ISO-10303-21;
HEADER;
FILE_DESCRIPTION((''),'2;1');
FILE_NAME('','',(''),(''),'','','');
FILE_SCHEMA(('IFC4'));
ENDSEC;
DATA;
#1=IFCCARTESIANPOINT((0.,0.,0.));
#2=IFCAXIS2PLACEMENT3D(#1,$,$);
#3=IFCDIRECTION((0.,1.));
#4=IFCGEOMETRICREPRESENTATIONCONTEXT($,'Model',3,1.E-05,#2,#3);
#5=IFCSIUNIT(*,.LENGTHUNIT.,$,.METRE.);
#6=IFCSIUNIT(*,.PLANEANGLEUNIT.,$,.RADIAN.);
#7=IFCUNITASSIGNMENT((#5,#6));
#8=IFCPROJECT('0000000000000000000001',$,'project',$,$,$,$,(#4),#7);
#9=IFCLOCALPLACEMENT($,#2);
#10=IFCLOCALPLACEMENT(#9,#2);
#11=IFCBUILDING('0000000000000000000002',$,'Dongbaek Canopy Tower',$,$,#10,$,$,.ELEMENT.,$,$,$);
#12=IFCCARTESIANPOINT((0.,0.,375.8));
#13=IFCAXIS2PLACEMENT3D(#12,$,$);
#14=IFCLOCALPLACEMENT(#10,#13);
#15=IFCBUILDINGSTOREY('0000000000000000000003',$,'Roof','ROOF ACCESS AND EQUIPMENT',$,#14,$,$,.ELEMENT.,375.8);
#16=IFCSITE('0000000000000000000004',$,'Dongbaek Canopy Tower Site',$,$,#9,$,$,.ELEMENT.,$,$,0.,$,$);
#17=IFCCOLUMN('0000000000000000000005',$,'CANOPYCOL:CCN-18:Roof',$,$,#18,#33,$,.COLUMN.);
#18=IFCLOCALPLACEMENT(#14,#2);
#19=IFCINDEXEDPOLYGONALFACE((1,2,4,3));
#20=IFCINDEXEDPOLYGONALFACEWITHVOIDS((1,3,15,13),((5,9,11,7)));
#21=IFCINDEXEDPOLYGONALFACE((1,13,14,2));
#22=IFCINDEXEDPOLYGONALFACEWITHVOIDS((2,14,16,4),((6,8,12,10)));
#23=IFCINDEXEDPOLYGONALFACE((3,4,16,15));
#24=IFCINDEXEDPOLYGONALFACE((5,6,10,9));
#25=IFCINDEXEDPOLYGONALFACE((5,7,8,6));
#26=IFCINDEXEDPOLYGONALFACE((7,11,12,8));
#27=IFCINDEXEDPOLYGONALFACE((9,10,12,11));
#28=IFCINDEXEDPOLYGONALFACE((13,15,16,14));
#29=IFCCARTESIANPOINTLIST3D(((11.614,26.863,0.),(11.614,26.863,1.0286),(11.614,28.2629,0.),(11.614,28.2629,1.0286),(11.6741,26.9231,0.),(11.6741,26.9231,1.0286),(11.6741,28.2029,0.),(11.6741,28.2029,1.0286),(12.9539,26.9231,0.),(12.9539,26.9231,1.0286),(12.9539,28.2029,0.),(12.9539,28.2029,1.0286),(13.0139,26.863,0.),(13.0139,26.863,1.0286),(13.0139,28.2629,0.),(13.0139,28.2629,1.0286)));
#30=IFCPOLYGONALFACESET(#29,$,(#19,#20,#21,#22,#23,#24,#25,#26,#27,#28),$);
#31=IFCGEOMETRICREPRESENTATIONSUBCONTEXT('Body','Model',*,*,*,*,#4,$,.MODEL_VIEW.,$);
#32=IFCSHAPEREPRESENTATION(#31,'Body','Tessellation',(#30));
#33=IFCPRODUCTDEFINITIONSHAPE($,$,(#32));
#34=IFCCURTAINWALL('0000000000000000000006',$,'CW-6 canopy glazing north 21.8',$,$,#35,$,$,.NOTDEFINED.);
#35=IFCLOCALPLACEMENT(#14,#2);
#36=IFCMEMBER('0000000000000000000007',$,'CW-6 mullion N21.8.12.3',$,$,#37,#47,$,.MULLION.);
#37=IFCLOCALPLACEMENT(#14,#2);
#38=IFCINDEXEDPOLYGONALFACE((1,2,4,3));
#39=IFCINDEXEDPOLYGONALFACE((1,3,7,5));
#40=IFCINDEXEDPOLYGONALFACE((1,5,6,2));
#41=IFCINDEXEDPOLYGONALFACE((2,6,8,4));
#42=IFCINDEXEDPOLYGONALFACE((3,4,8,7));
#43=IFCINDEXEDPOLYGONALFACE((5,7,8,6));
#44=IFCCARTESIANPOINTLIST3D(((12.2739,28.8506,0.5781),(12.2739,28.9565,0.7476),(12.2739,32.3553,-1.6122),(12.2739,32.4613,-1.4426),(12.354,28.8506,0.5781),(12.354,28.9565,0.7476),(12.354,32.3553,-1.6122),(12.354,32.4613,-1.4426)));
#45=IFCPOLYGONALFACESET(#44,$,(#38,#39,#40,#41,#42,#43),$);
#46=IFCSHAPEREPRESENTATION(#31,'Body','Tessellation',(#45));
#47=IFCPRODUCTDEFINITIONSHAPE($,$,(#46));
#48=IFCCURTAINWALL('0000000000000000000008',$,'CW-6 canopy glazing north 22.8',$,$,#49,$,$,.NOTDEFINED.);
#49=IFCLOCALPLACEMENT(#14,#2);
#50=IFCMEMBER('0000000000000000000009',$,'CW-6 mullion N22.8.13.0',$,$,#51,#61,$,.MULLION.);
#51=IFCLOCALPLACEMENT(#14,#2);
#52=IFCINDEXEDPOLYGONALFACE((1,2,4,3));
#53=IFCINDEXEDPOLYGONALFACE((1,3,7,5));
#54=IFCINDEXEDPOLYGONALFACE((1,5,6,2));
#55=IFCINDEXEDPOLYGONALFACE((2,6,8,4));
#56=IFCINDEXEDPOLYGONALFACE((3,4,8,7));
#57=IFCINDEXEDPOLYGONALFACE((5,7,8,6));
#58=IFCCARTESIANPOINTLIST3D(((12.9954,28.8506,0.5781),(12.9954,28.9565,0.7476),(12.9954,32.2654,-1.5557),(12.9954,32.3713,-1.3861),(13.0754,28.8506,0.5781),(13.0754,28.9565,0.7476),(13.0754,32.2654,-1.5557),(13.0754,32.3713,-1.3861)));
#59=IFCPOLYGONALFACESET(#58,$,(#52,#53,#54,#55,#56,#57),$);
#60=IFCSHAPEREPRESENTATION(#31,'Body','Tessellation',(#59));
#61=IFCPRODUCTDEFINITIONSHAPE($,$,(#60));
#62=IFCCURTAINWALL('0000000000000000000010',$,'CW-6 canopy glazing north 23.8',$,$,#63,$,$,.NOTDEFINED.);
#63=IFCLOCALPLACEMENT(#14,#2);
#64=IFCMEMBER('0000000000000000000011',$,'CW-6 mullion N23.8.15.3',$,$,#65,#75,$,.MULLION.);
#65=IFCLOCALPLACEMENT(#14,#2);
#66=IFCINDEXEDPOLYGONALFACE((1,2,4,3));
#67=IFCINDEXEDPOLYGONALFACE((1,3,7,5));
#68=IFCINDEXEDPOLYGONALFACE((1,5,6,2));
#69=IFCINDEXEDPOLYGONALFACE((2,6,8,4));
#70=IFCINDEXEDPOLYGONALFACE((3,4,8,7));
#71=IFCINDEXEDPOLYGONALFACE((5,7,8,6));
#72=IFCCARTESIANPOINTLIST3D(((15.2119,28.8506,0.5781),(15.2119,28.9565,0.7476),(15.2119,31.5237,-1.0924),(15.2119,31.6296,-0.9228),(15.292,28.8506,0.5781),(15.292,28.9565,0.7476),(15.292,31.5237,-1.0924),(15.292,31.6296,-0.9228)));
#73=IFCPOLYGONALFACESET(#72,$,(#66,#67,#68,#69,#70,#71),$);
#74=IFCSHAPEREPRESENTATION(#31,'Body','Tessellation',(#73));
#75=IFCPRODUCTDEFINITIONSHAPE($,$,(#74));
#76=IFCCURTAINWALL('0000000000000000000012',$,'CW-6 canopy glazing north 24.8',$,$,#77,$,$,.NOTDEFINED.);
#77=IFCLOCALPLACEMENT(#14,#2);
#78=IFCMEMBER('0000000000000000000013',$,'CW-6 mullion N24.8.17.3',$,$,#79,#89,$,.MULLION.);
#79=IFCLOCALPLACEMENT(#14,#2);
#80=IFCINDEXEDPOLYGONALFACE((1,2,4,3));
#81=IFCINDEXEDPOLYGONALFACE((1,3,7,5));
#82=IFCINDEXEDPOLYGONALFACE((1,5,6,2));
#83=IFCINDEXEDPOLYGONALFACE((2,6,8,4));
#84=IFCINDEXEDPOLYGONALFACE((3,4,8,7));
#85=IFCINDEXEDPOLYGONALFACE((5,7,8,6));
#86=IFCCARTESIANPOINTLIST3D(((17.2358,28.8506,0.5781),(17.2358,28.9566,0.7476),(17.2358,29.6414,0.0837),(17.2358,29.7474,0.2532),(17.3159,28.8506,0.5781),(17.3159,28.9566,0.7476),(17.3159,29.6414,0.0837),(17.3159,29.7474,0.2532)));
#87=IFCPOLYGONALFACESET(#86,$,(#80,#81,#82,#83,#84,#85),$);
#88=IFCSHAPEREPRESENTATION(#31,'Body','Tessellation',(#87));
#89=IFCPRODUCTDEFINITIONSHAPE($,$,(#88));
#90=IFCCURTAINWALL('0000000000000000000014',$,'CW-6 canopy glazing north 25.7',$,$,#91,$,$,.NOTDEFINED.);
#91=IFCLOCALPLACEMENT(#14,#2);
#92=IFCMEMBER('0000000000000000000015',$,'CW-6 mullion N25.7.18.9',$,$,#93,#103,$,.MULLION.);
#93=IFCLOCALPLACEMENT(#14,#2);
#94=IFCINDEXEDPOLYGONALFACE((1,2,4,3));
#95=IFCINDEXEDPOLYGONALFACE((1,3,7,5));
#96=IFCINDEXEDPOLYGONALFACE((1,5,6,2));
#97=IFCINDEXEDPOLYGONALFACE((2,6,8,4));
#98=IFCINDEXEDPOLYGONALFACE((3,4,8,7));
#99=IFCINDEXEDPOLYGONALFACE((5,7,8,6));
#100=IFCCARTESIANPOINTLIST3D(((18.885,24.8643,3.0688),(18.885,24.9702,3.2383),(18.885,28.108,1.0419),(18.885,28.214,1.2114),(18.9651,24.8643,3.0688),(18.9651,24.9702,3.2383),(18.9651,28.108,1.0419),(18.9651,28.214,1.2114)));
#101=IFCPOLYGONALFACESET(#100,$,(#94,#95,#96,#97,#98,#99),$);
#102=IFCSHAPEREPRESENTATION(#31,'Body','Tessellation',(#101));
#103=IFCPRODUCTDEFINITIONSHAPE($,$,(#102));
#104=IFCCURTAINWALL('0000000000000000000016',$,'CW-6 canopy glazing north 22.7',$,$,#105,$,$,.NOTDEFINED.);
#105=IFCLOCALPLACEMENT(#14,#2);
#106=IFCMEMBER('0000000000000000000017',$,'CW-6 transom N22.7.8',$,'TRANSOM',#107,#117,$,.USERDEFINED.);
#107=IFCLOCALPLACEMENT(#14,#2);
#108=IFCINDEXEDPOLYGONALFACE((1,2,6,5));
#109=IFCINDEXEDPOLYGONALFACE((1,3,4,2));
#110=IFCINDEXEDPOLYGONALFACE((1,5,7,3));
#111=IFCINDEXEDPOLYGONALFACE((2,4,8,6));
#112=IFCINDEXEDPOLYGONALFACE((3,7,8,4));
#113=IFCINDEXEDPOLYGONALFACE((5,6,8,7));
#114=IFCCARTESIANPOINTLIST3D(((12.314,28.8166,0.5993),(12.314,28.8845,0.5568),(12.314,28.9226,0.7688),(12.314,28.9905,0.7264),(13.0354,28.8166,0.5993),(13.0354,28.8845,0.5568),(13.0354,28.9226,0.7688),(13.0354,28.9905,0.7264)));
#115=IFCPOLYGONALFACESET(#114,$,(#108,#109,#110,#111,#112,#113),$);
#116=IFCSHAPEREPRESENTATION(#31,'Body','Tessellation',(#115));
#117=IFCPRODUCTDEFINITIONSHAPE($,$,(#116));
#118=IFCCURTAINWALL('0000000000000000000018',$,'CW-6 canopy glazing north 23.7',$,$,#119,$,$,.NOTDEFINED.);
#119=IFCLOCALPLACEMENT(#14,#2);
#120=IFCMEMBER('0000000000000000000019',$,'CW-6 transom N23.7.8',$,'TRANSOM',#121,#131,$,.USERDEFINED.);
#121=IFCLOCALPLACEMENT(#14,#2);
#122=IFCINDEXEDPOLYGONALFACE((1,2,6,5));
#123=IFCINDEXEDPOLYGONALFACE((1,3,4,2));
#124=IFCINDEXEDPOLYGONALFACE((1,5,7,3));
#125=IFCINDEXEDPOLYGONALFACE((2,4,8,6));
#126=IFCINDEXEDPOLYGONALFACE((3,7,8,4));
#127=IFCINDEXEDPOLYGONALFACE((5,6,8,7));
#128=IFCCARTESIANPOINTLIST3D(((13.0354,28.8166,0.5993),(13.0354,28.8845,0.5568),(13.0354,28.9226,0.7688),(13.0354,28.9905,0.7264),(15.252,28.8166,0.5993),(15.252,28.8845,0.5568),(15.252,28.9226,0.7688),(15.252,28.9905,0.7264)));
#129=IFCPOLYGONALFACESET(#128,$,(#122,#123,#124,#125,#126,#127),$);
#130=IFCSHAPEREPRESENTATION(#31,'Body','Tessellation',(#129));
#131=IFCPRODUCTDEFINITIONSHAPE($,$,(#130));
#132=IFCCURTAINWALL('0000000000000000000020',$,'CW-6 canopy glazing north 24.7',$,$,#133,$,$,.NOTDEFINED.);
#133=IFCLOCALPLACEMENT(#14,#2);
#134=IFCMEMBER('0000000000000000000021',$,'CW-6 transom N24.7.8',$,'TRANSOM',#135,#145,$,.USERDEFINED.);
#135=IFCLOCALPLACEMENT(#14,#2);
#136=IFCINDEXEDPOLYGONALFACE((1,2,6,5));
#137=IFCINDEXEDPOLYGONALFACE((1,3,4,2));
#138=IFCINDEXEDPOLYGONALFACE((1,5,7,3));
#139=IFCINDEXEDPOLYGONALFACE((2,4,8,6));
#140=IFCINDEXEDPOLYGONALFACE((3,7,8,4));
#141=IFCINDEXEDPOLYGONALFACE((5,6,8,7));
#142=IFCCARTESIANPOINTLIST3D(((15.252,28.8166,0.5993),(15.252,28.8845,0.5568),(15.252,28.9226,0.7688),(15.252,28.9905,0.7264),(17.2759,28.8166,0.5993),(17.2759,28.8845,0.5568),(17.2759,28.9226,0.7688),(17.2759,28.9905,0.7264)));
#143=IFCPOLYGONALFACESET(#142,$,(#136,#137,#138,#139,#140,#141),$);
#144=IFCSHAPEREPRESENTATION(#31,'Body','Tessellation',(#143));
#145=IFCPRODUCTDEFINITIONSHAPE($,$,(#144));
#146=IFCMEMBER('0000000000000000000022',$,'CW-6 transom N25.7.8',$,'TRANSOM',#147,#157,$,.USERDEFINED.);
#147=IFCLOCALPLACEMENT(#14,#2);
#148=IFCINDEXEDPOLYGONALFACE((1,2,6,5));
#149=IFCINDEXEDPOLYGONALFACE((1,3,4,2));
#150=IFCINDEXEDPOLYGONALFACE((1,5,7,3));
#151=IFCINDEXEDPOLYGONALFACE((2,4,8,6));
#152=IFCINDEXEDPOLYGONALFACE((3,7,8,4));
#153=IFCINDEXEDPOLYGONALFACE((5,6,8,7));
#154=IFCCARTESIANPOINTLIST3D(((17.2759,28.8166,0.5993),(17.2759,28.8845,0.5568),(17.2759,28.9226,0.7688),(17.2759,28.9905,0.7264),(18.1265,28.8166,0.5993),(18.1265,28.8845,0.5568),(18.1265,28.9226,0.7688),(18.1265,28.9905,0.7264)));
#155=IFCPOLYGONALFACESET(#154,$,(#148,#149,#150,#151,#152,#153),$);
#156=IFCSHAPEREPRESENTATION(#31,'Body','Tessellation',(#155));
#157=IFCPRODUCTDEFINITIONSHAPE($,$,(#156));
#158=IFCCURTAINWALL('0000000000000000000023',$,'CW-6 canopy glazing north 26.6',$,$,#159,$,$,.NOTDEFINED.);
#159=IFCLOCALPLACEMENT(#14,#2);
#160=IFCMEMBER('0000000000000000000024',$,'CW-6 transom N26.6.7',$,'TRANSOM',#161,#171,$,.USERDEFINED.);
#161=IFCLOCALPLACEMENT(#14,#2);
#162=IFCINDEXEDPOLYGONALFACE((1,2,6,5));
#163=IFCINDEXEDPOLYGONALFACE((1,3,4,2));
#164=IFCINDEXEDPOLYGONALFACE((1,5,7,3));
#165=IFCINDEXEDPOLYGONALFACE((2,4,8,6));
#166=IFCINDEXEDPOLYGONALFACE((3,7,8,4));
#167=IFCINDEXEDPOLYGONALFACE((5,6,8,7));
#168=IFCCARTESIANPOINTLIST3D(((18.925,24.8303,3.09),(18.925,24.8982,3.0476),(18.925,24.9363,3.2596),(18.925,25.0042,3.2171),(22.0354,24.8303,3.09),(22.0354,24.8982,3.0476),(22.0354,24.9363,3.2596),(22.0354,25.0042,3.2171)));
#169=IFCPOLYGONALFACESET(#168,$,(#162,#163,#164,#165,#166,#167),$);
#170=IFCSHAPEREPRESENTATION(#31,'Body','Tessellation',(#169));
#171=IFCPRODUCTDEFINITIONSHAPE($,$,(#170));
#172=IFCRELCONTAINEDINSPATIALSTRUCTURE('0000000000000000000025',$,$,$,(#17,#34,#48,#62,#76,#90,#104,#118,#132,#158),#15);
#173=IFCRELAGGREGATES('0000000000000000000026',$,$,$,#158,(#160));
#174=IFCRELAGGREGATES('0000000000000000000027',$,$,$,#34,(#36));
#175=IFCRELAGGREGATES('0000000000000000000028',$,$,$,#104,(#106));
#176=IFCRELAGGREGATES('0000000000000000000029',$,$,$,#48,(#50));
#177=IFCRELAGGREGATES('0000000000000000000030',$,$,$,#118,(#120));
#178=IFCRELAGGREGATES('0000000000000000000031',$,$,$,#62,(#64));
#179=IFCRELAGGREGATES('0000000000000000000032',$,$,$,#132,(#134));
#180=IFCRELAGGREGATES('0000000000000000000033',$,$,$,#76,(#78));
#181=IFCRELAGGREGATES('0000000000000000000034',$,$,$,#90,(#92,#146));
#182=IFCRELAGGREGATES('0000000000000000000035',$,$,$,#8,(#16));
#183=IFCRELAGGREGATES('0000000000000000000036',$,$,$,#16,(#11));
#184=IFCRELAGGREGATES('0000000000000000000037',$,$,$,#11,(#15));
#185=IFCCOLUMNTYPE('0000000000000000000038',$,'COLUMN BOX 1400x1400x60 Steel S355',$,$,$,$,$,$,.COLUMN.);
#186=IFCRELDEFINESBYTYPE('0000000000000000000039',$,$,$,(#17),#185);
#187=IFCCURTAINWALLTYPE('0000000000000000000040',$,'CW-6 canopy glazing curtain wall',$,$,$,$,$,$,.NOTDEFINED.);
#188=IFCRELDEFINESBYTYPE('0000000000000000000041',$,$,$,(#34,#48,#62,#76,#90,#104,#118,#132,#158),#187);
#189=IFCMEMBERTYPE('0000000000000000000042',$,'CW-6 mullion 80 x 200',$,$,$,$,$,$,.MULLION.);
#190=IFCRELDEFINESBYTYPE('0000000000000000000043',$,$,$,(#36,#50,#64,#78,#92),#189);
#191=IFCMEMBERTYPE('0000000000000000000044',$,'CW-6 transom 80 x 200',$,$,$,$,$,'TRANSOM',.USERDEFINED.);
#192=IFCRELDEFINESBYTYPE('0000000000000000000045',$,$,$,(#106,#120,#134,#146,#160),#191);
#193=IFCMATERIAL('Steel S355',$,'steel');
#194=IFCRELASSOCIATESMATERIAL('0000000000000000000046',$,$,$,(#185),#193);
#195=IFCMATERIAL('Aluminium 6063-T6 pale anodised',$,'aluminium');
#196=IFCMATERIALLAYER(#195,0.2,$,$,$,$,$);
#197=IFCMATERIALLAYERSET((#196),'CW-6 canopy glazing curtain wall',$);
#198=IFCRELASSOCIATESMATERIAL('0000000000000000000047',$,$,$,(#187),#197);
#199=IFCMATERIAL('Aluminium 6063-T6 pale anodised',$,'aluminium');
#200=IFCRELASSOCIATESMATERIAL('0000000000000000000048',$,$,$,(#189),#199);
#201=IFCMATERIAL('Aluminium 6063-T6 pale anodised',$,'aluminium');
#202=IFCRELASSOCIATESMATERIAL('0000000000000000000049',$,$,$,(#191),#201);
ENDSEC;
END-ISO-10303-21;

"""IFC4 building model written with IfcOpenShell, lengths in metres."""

from ifc_helpers import new_model, si_unit, direction, frame, origin, origin_2d, place, context, subcontext, project, spatial, rectangle, hollow_rectangle, extrude, material, layer, layer_set, material_profile, profile_set, type_object, element, aggregate, save


model = new_model("IFC4")

# Units and contexts
model_context = context("Model", 3, precision=1e-05, world=origin(), true_north=direction((0.0, 1.0)))
body_context = subcontext(model_context, "Body", "Model", "MODEL_VIEW")
ifc_project = project(units=[si_unit("LENGTHUNIT", "METRE"), si_unit("PLANEANGLEUNIT", "RADIAN")], contexts=[model_context])

# Site, building, storey
site_placement = place(None, origin())
site = spatial("IfcSite", under=ifc_project, at=site_placement, Name="Dongbaek Canopy Tower Site", CompositionType="ELEMENT", RefElevation=0.0)
building_placement = place(site_placement, origin())
building = spatial("IfcBuilding", under=site, at=building_placement, Name="Dongbaek Canopy Tower", CompositionType="ELEMENT")
storey_placement = place(building_placement, frame((0.0, 0.0, 375.8)))
storey = spatial("IfcBuildingStorey", under=building, at=storey_placement, Name="Roof", Description="ROOF ACCESS AND EQUIPMENT", CompositionType="ELEMENT", Elevation=375.8)

# Column
ifc_material_1 = material(Name="Steel S355", Category="steel")
ifc_material_profile_1 = material_profile(ifc_material_1, hollow_rectangle(XDim=1.3999, YDim=1.3999, WallThickness=0.0601, at=origin_2d()), Name="COLUMN BOX 1400x1400x60 Steel S355")
ifc_profile_set_1 = profile_set([ifc_material_profile_1], Name="Steel S355")
column_type = type_object("IfcColumnType", Name="COLUMN BOX 1400x1400x60 Steel S355", PredefinedType="COLUMN", material=ifc_profile_set_1)
column_placement = place(storey_placement, frame((12.314, 27.563, 0.0), z_axis=(0.0, 0.0, 1.0), x_axis=(1.0, 0.0, 0.0)))
element("IfcColumn", 1, at=column_placement, inside=storey, type_object=column_type, Name="CANOPYCOL:CCN-18:Roof", PredefinedType="COLUMN", context=body_context, shape_type="SweptSolid", body=[
    extrude(hollow_rectangle(XDim=1.3999, YDim=1.3999, WallThickness=0.0601, at=origin_2d()), origin(), (0.0, 0.0, 1.0), 1.0286),
])

# Curtain walls, members
ifc_material_2 = material(Name="Aluminium 6063-T6 pale anodised", Category="aluminium")
ifc_layer_1 = layer(ifc_material_2, 0.2)
ifc_layer_set_1 = layer_set([ifc_layer_1], Name="CW-6 canopy glazing curtain wall")
curtain_wall_type = type_object("IfcCurtainWallType", Name="CW-6 canopy glazing curtain wall", PredefinedType="NOTDEFINED", material=ifc_layer_set_1)
curtain_wall_1_placement = place(storey_placement, origin())
curtain_wall_1 = element("IfcCurtainWall", 2, at=curtain_wall_1_placement, inside=storey, type_object=curtain_wall_type, Name="CW-6 canopy glazing north 21.8", PredefinedType="NOTDEFINED")
ifc_material_3 = material(Name="Aluminium 6063-T6 pale anodised", Category="aluminium")
ifc_material_profile_2 = material_profile(ifc_material_3, rectangle(XDim=0.0801, YDim=0.2, at=origin_2d()), Name="CW-6 mullion 80 x 200")
ifc_profile_set_2 = profile_set([ifc_material_profile_2], Name="Aluminium 6063-T6 pale anodised")
member_type_1 = type_object("IfcMemberType", Name="CW-6 mullion 80 x 200", PredefinedType="MULLION", material=ifc_profile_set_2)
member_1_placement = place(storey_placement, frame((12.314, 28.9036, 0.6628), z_axis=(0.0, 0.848022, -0.529962), x_axis=(-1.0, 0.0, 0.0)))
member_1 = element("IfcMember", 3, at=member_1_placement, type_object=member_type_1, Name="CW-6 mullion N21.8.12.3", PredefinedType="MULLION", context=body_context, shape_type="SweptSolid", body=[
    extrude(rectangle(XDim=0.0801, YDim=0.2, at=origin_2d()), origin(), (0.0, 0.0, 1.0), 4.1328),
])
curtain_wall_2_placement = place(storey_placement, origin())
curtain_wall_2 = element("IfcCurtainWall", 4, at=curtain_wall_2_placement, inside=storey, type_object=curtain_wall_type, Name="CW-6 canopy glazing north 22.8", PredefinedType="NOTDEFINED")
member_2_placement = place(storey_placement, frame((13.0354, 28.9036, 0.6628), z_axis=(0.0, 0.848049, -0.529917), x_axis=(-1.0, 0.0, 0.0)))
member_2 = element("IfcMember", 5, at=member_2_placement, type_object=member_type_1, Name="CW-6 mullion N22.8.13.0", PredefinedType="MULLION", context=body_context, shape_type="SweptSolid", body=[
    extrude(rectangle(XDim=0.0801, YDim=0.2, at=origin_2d()), origin(), (0.0, 0.0, 1.0), 4.0266),
])
curtain_wall_3_placement = place(storey_placement, origin())
curtain_wall_3 = element("IfcCurtainWall", 6, at=curtain_wall_3_placement, inside=storey, type_object=curtain_wall_type, Name="CW-6 canopy glazing north 23.8", PredefinedType="NOTDEFINED")
member_3_placement = place(storey_placement, frame((15.252, 28.9036, 0.6628), z_axis=(0.0, 0.848037, -0.529936), x_axis=(-1.0, 0.0, 0.0)))
member_3 = element("IfcMember", 7, at=member_3_placement, type_object=member_type_1, Name="CW-6 mullion N23.8.15.3", PredefinedType="MULLION", context=body_context, shape_type="SweptSolid", body=[
    extrude(rectangle(XDim=0.0801, YDim=0.2, at=origin_2d()), origin(), (0.0, 0.0, 1.0), 3.1521),
])
curtain_wall_4_placement = place(storey_placement, origin())
curtain_wall_4 = element("IfcCurtainWall", 8, at=curtain_wall_4_placement, inside=storey, type_object=curtain_wall_type, Name="CW-6 canopy glazing north 24.8", PredefinedType="NOTDEFINED")
member_4_placement = place(storey_placement, frame((17.2759, 28.9036, 0.6628), z_axis=(0.0, 0.847925, -0.530117), x_axis=(-1.0, 0.0, 0.0)))
member_4 = element("IfcMember", 9, at=member_4_placement, type_object=member_type_1, Name="CW-6 mullion N24.8.17.3", PredefinedType="MULLION", context=body_context, shape_type="SweptSolid", body=[
    extrude(rectangle(XDim=0.0801, YDim=0.2, at=origin_2d()), origin(), (0.0, 0.0, 1.0), 0.9326),
])
curtain_wall_5_placement = place(storey_placement, origin())
curtain_wall_5 = element("IfcCurtainWall", 10, at=curtain_wall_5_placement, inside=storey, type_object=curtain_wall_type, Name="CW-6 canopy glazing north 25.7", PredefinedType="NOTDEFINED")
member_5_placement = place(storey_placement, frame((18.925, 24.9172, 3.1536), z_axis=(0.0, 0.848049, -0.529919), x_axis=(-1.0, 0.0, 0.0)))
member_5 = element("IfcMember", 11, at=member_5_placement, type_object=member_type_1, Name="CW-6 mullion N25.7.18.9", PredefinedType="MULLION", context=body_context, shape_type="SweptSolid", body=[
    extrude(rectangle(XDim=0.0801, YDim=0.2, at=origin_2d()), origin(), (0.0, 0.0, 1.0), 3.825),
])
curtain_wall_6_placement = place(storey_placement, origin())
curtain_wall_6 = element("IfcCurtainWall", 12, at=curtain_wall_6_placement, inside=storey, type_object=curtain_wall_type, Name="CW-6 canopy glazing north 22.7", PredefinedType="NOTDEFINED")
ifc_material_4 = material(Name="Aluminium 6063-T6 pale anodised", Category="aluminium")
ifc_material_profile_3 = material_profile(ifc_material_4, rectangle(XDim=0.0801, YDim=0.2, at=origin_2d()), Name="CW-6 transom 80 x 200")
ifc_profile_set_3 = profile_set([ifc_material_profile_3], Name="Aluminium 6063-T6 pale anodised")
member_type_2 = type_object("IfcMemberType", Name="CW-6 transom 80 x 200", ElementType="TRANSOM", PredefinedType="USERDEFINED", material=ifc_profile_set_3)
member_6_placement = place(storey_placement, frame((12.314, 28.9036, 0.6628), z_axis=(1.0, 0.0, 0.0), x_axis=(0.0, 0.848048, -0.529919)))
member_6 = element("IfcMember", 13, at=member_6_placement, type_object=member_type_2, Name="CW-6 transom N22.7.8", ObjectType="TRANSOM", PredefinedType="USERDEFINED", context=body_context, shape_type="SweptSolid", body=[
    extrude(rectangle(XDim=0.0801, YDim=0.2, at=origin_2d()), origin(), (0.0, 0.0, 1.0), 0.7214),
])
curtain_wall_7_placement = place(storey_placement, origin())
curtain_wall_7 = element("IfcCurtainWall", 14, at=curtain_wall_7_placement, inside=storey, type_object=curtain_wall_type, Name="CW-6 canopy glazing north 23.7", PredefinedType="NOTDEFINED")
member_7_placement = place(storey_placement, frame((13.0354, 28.9036, 0.6628), z_axis=(1.0, 0.0, 0.0), x_axis=(0.0, 0.848048, -0.529919)))
member_7 = element("IfcMember", 15, at=member_7_placement, type_object=member_type_2, Name="CW-6 transom N23.7.8", ObjectType="TRANSOM", PredefinedType="USERDEFINED", context=body_context, shape_type="SweptSolid", body=[
    extrude(rectangle(XDim=0.0801, YDim=0.2, at=origin_2d()), origin(), (0.0, 0.0, 1.0), 2.2166),
])
curtain_wall_8_placement = place(storey_placement, origin())
curtain_wall_8 = element("IfcCurtainWall", 16, at=curtain_wall_8_placement, inside=storey, type_object=curtain_wall_type, Name="CW-6 canopy glazing north 24.7", PredefinedType="NOTDEFINED")
member_8_placement = place(storey_placement, frame((15.252, 28.9036, 0.6628), z_axis=(1.0, 0.0, 0.0), x_axis=(0.0, 0.848048, -0.529919)))
member_8 = element("IfcMember", 17, at=member_8_placement, type_object=member_type_2, Name="CW-6 transom N24.7.8", ObjectType="TRANSOM", PredefinedType="USERDEFINED", context=body_context, shape_type="SweptSolid", body=[
    extrude(rectangle(XDim=0.0801, YDim=0.2, at=origin_2d()), origin(), (0.0, 0.0, 1.0), 2.0239),
])

# Member
member_9_placement = place(storey_placement, frame((17.2759, 28.9036, 0.6628), z_axis=(1.0, 0.0, 0.0), x_axis=(0.0, 0.848048, -0.529919)))
member_9 = element("IfcMember", 18, at=member_9_placement, type_object=member_type_2, Name="CW-6 transom N25.7.8", ObjectType="TRANSOM", PredefinedType="USERDEFINED", context=body_context, shape_type="SweptSolid", body=[
    extrude(rectangle(XDim=0.0801, YDim=0.2, at=origin_2d()), origin(), (0.0, 0.0, 1.0), 0.8506),
])

# Curtain wall, member
curtain_wall_9_placement = place(storey_placement, origin())
curtain_wall_9 = element("IfcCurtainWall", 19, at=curtain_wall_9_placement, inside=storey, type_object=curtain_wall_type, Name="CW-6 canopy glazing north 26.6", PredefinedType="NOTDEFINED")
member_10_placement = place(storey_placement, frame((18.925, 24.9172, 3.1536), z_axis=(1.0, 0.0, 0.0), x_axis=(0.0, 0.848048, -0.529919)))
member_10 = element("IfcMember", 20, at=member_10_placement, type_object=member_type_2, Name="CW-6 transom N26.6.7", ObjectType="TRANSOM", PredefinedType="USERDEFINED", context=body_context, shape_type="SweptSolid", body=[
    extrude(rectangle(XDim=0.0801, YDim=0.2, at=origin_2d()), origin(), (0.0, 0.0, 1.0), 3.1104),
])
aggregate(curtain_wall_9, [member_10])

aggregate(curtain_wall_1, [member_1])
aggregate(curtain_wall_6, [member_6])
aggregate(curtain_wall_2, [member_2])
aggregate(curtain_wall_7, [member_7])
aggregate(curtain_wall_3, [member_3])
aggregate(curtain_wall_8, [member_8])
aggregate(curtain_wall_4, [member_4])
aggregate(curtain_wall_5, [member_5, member_9])

save(model, "model.ifc")
